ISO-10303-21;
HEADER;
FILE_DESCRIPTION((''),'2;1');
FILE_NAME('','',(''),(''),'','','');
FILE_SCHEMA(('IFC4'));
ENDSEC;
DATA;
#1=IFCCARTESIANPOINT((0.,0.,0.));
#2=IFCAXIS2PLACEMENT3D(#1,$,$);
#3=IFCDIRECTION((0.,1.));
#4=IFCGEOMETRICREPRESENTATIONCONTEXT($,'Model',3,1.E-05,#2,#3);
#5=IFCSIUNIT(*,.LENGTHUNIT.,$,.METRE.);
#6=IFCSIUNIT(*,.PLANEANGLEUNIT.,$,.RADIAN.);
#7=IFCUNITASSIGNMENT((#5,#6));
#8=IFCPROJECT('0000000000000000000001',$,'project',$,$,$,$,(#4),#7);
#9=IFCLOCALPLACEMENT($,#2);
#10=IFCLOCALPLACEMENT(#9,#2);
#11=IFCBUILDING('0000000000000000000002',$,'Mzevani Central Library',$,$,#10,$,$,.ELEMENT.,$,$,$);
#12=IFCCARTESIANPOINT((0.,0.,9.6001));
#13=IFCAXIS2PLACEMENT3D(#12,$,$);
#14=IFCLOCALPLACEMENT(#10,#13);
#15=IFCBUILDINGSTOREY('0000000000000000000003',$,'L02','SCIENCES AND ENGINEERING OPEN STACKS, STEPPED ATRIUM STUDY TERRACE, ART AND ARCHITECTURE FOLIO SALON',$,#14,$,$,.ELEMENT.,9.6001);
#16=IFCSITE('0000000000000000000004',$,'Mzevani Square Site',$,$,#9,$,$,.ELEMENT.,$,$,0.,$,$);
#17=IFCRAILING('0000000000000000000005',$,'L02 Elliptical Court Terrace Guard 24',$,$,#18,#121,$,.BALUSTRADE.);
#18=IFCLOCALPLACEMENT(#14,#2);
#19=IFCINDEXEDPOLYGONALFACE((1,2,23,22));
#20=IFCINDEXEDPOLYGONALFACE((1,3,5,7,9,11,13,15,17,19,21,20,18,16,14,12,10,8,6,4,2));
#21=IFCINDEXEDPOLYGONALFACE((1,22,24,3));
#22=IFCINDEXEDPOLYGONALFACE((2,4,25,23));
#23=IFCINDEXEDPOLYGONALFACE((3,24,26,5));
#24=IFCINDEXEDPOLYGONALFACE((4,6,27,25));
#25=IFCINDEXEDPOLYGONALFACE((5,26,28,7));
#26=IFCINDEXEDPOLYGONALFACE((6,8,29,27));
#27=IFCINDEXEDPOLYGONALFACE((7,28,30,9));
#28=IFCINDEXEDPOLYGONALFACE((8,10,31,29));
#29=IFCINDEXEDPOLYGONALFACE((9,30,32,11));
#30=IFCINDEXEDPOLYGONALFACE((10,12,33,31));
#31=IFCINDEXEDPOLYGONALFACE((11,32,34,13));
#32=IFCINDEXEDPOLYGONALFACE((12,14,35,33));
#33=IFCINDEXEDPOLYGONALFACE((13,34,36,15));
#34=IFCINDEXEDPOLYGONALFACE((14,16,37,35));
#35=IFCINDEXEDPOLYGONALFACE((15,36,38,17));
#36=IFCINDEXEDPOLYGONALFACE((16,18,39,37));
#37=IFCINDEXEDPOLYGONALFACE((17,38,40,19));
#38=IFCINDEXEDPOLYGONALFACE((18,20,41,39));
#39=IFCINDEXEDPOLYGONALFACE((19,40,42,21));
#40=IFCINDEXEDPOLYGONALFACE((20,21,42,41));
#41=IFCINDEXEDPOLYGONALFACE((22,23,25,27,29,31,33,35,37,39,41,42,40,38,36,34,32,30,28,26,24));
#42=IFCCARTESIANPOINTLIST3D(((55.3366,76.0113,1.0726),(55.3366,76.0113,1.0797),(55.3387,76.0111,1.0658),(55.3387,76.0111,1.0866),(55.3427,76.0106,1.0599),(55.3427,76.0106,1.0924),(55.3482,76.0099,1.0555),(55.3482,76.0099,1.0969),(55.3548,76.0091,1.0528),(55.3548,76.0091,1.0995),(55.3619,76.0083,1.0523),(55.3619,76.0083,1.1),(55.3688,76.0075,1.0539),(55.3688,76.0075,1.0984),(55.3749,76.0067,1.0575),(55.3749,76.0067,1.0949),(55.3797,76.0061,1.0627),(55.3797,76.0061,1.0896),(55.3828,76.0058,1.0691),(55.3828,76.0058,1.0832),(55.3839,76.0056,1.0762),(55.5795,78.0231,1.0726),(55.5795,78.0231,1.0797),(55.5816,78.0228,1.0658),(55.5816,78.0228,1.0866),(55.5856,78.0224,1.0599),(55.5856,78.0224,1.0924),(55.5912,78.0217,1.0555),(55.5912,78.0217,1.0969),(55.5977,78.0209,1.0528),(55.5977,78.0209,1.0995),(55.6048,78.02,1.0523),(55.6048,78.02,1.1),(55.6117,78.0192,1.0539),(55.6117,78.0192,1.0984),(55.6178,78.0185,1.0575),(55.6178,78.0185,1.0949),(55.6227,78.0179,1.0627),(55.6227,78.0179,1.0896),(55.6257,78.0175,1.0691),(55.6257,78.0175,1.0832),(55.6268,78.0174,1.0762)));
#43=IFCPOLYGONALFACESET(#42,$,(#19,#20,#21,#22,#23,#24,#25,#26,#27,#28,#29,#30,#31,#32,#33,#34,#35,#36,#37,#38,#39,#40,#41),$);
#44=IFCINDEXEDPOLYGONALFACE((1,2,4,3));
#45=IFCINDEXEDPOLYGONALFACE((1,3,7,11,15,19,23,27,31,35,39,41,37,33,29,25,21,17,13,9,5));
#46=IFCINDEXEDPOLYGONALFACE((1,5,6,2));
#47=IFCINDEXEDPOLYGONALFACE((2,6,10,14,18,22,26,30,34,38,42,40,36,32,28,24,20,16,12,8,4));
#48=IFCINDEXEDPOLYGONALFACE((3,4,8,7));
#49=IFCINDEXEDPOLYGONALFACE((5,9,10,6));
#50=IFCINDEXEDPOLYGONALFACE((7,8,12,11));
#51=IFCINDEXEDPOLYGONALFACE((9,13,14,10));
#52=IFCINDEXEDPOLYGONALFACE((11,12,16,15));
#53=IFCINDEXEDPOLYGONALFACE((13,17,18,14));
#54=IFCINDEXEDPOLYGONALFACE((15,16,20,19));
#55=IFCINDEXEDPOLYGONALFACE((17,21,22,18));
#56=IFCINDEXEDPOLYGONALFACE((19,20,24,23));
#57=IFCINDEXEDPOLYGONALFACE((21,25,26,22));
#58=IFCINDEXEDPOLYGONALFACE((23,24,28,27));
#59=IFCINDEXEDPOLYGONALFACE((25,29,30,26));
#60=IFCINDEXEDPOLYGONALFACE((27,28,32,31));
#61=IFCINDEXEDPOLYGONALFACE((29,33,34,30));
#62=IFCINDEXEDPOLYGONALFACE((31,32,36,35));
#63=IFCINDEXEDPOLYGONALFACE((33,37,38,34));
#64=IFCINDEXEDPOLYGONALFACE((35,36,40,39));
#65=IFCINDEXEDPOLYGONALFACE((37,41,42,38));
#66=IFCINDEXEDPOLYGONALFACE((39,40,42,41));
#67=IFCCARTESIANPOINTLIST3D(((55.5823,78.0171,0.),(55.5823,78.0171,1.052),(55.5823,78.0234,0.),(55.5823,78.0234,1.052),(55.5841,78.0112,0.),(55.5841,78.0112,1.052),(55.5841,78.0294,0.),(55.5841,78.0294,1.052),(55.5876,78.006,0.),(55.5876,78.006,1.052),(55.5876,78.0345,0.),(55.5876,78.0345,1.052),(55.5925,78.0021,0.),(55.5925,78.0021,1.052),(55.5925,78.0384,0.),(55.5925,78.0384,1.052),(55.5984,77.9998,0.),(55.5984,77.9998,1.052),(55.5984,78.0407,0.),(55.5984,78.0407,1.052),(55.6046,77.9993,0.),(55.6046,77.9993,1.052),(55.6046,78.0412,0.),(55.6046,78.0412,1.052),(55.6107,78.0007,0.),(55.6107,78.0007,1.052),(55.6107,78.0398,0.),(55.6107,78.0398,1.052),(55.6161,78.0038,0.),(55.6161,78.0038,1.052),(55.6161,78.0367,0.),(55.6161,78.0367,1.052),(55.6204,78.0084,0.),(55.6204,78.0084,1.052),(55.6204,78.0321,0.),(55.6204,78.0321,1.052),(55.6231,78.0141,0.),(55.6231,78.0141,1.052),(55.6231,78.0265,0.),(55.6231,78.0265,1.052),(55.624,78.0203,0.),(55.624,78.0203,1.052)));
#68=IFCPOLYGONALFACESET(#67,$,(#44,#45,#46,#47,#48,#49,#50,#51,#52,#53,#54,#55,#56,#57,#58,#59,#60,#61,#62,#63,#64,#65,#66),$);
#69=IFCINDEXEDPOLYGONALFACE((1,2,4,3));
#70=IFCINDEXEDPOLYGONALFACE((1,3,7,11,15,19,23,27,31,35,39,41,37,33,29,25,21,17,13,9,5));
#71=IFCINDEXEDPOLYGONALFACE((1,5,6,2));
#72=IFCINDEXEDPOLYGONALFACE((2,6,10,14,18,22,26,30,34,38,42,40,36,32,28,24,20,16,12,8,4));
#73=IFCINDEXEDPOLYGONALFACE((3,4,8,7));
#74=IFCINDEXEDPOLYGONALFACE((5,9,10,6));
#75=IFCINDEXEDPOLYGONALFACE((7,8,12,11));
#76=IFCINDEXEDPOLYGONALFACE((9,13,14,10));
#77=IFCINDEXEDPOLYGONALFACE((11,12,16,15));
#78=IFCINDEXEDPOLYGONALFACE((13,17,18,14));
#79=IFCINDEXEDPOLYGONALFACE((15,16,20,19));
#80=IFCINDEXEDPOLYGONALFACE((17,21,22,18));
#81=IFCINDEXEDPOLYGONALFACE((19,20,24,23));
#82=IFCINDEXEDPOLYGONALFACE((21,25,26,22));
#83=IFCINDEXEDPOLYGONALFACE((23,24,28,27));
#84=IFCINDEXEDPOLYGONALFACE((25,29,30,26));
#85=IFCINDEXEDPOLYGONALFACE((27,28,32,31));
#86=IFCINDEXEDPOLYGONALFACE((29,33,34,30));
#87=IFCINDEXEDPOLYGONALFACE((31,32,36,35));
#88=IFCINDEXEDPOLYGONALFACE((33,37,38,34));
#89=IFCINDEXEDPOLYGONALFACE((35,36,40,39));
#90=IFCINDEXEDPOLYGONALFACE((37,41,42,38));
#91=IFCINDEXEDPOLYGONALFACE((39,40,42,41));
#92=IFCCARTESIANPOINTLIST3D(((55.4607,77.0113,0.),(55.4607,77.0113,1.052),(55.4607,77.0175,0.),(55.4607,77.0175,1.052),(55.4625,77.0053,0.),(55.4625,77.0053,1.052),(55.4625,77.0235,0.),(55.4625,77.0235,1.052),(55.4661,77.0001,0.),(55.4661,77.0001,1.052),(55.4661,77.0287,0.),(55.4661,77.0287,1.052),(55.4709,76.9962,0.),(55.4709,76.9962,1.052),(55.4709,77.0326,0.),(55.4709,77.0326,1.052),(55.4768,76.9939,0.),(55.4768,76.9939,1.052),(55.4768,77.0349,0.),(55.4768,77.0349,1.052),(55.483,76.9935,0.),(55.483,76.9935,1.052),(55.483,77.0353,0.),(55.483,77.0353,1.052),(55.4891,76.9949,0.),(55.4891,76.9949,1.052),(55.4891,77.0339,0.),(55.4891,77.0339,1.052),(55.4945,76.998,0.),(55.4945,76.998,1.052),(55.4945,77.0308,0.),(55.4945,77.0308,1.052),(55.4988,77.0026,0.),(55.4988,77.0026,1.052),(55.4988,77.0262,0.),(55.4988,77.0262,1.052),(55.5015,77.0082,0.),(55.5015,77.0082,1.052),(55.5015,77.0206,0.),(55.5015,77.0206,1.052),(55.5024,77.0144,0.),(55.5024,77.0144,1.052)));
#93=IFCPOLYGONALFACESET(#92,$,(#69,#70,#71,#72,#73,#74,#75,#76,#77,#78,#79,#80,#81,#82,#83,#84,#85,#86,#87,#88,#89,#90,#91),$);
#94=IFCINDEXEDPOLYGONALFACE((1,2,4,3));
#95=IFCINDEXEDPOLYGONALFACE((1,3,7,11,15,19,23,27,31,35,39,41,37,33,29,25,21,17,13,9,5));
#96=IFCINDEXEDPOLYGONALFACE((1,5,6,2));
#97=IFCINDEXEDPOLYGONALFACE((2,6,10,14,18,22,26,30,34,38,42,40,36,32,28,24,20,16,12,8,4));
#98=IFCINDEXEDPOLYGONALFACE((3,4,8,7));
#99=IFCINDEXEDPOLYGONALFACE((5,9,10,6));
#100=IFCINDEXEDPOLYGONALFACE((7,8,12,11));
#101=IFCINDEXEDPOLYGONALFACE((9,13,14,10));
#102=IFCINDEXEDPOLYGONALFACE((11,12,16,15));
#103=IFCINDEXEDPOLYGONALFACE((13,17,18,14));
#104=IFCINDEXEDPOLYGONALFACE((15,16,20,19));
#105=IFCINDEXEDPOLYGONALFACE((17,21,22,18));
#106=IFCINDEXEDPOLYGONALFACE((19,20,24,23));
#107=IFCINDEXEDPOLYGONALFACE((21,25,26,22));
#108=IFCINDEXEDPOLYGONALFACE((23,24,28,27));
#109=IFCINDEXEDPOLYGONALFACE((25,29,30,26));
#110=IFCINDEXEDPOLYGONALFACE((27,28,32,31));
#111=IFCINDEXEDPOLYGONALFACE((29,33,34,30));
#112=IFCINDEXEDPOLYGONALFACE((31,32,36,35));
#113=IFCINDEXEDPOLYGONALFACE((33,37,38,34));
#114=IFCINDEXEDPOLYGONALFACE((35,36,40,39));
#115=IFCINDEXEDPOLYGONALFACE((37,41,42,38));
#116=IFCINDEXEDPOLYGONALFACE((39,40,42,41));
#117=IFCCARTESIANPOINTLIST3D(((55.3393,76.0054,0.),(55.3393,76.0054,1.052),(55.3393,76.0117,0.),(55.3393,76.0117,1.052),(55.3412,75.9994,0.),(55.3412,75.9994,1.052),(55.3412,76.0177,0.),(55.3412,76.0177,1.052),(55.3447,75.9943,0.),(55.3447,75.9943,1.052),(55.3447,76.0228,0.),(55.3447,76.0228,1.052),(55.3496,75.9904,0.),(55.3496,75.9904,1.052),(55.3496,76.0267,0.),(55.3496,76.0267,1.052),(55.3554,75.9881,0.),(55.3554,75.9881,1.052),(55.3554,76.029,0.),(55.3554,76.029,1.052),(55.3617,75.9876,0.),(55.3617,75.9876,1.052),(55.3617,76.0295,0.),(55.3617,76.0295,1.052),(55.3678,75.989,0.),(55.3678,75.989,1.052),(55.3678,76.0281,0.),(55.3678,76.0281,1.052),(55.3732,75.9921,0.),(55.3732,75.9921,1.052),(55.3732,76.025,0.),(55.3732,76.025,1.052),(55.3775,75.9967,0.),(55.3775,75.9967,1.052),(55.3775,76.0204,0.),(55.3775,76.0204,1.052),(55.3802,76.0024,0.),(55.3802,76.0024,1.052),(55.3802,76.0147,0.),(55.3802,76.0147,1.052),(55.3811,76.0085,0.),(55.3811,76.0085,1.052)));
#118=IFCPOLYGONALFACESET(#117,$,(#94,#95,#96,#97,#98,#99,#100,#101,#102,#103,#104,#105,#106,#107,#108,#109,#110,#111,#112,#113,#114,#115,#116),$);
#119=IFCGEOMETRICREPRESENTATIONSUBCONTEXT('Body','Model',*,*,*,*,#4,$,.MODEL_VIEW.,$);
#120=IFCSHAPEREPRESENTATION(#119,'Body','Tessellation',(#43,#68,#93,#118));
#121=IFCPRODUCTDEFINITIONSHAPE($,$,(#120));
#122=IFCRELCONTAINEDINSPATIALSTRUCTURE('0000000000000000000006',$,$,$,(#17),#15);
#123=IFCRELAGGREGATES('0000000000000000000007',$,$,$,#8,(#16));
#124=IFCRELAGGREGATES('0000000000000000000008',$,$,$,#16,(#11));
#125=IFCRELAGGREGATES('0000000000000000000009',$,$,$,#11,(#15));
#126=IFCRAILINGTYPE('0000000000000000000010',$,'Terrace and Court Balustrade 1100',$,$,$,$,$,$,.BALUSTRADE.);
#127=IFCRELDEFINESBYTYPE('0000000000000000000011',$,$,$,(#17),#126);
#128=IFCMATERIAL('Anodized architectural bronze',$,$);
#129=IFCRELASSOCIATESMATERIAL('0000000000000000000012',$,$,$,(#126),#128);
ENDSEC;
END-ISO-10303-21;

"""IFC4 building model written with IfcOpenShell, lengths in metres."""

from ifc_helpers import new_model, si_unit, direction, frame, origin, origin_2d, place, context, subcontext, project, spatial, circle, extrude, material, type_object, element, save


model = new_model("IFC4")

# Units and contexts
model_context = context("Model", 3, precision=1e-05, world=origin(), true_north=direction((0.0, 1.0)))
body_context = subcontext(model_context, "Body", "Model", "MODEL_VIEW")
ifc_project = project(units=[si_unit("LENGTHUNIT", "METRE"), si_unit("PLANEANGLEUNIT", "RADIAN")], contexts=[model_context])

# Site, building, storey
site_placement = place(None, origin())
site = spatial("IfcSite", under=ifc_project, at=site_placement, Name="Mzevani Square Site", CompositionType="ELEMENT", RefElevation=0.0)
building_placement = place(site_placement, origin())
building = spatial("IfcBuilding", under=site, at=building_placement, Name="Mzevani Central Library", CompositionType="ELEMENT")
storey_placement = place(building_placement, frame((0.0, 0.0, 9.6001)))
storey = spatial("IfcBuildingStorey", under=building, at=storey_placement, Name="L02", Description="SCIENCES AND ENGINEERING OPEN STACKS, STEPPED ATRIUM STUDY TERRACE, ART AND ARCHITECTURE FOLIO SALON", CompositionType="ELEMENT", Elevation=9.6001)

# Railing
ifc_material_1 = material(Name="Anodized architectural bronze")
railing_type = type_object("IfcRailingType", Name="Terrace and Court Balustrade 1100", PredefinedType="BALUSTRADE", material=ifc_material_1)
railing_1_placement = place(storey_placement, frame((55.603, 78.0203, 0.0)))
element("IfcRailing", 1, at=railing_1_placement, inside=storey, type_object=railing_type, Name="L02 Elliptical Court Terrace Guard 24", PredefinedType="BALUSTRADE", context=body_context, shape_type="SweptSolid", body=[
    extrude(circle(Radius=0.0239, at=origin_2d()), frame((0.0, 0.0, 1.0762), z_axis=(-0.119882, -0.992788, 0.0), x_axis=(0.992788, -0.119882, 0.0)), (0.0, 0.0, 1.0), 2.0264),
    extrude(circle(Radius=0.021, at=origin_2d()), origin(), (0.0, 0.0, 1.0), 1.052),
    extrude(circle(Radius=0.021, at=origin_2d()), frame((-0.1216, -1.0059, 0.0)), (0.0, 0.0, 1.0), 1.052),
    extrude(circle(Radius=0.021, at=origin_2d()), frame((-0.2429, -2.0117, 0.0)), (0.0, 0.0, 1.0), 1.052),
])

save(model, "model.ifc")
